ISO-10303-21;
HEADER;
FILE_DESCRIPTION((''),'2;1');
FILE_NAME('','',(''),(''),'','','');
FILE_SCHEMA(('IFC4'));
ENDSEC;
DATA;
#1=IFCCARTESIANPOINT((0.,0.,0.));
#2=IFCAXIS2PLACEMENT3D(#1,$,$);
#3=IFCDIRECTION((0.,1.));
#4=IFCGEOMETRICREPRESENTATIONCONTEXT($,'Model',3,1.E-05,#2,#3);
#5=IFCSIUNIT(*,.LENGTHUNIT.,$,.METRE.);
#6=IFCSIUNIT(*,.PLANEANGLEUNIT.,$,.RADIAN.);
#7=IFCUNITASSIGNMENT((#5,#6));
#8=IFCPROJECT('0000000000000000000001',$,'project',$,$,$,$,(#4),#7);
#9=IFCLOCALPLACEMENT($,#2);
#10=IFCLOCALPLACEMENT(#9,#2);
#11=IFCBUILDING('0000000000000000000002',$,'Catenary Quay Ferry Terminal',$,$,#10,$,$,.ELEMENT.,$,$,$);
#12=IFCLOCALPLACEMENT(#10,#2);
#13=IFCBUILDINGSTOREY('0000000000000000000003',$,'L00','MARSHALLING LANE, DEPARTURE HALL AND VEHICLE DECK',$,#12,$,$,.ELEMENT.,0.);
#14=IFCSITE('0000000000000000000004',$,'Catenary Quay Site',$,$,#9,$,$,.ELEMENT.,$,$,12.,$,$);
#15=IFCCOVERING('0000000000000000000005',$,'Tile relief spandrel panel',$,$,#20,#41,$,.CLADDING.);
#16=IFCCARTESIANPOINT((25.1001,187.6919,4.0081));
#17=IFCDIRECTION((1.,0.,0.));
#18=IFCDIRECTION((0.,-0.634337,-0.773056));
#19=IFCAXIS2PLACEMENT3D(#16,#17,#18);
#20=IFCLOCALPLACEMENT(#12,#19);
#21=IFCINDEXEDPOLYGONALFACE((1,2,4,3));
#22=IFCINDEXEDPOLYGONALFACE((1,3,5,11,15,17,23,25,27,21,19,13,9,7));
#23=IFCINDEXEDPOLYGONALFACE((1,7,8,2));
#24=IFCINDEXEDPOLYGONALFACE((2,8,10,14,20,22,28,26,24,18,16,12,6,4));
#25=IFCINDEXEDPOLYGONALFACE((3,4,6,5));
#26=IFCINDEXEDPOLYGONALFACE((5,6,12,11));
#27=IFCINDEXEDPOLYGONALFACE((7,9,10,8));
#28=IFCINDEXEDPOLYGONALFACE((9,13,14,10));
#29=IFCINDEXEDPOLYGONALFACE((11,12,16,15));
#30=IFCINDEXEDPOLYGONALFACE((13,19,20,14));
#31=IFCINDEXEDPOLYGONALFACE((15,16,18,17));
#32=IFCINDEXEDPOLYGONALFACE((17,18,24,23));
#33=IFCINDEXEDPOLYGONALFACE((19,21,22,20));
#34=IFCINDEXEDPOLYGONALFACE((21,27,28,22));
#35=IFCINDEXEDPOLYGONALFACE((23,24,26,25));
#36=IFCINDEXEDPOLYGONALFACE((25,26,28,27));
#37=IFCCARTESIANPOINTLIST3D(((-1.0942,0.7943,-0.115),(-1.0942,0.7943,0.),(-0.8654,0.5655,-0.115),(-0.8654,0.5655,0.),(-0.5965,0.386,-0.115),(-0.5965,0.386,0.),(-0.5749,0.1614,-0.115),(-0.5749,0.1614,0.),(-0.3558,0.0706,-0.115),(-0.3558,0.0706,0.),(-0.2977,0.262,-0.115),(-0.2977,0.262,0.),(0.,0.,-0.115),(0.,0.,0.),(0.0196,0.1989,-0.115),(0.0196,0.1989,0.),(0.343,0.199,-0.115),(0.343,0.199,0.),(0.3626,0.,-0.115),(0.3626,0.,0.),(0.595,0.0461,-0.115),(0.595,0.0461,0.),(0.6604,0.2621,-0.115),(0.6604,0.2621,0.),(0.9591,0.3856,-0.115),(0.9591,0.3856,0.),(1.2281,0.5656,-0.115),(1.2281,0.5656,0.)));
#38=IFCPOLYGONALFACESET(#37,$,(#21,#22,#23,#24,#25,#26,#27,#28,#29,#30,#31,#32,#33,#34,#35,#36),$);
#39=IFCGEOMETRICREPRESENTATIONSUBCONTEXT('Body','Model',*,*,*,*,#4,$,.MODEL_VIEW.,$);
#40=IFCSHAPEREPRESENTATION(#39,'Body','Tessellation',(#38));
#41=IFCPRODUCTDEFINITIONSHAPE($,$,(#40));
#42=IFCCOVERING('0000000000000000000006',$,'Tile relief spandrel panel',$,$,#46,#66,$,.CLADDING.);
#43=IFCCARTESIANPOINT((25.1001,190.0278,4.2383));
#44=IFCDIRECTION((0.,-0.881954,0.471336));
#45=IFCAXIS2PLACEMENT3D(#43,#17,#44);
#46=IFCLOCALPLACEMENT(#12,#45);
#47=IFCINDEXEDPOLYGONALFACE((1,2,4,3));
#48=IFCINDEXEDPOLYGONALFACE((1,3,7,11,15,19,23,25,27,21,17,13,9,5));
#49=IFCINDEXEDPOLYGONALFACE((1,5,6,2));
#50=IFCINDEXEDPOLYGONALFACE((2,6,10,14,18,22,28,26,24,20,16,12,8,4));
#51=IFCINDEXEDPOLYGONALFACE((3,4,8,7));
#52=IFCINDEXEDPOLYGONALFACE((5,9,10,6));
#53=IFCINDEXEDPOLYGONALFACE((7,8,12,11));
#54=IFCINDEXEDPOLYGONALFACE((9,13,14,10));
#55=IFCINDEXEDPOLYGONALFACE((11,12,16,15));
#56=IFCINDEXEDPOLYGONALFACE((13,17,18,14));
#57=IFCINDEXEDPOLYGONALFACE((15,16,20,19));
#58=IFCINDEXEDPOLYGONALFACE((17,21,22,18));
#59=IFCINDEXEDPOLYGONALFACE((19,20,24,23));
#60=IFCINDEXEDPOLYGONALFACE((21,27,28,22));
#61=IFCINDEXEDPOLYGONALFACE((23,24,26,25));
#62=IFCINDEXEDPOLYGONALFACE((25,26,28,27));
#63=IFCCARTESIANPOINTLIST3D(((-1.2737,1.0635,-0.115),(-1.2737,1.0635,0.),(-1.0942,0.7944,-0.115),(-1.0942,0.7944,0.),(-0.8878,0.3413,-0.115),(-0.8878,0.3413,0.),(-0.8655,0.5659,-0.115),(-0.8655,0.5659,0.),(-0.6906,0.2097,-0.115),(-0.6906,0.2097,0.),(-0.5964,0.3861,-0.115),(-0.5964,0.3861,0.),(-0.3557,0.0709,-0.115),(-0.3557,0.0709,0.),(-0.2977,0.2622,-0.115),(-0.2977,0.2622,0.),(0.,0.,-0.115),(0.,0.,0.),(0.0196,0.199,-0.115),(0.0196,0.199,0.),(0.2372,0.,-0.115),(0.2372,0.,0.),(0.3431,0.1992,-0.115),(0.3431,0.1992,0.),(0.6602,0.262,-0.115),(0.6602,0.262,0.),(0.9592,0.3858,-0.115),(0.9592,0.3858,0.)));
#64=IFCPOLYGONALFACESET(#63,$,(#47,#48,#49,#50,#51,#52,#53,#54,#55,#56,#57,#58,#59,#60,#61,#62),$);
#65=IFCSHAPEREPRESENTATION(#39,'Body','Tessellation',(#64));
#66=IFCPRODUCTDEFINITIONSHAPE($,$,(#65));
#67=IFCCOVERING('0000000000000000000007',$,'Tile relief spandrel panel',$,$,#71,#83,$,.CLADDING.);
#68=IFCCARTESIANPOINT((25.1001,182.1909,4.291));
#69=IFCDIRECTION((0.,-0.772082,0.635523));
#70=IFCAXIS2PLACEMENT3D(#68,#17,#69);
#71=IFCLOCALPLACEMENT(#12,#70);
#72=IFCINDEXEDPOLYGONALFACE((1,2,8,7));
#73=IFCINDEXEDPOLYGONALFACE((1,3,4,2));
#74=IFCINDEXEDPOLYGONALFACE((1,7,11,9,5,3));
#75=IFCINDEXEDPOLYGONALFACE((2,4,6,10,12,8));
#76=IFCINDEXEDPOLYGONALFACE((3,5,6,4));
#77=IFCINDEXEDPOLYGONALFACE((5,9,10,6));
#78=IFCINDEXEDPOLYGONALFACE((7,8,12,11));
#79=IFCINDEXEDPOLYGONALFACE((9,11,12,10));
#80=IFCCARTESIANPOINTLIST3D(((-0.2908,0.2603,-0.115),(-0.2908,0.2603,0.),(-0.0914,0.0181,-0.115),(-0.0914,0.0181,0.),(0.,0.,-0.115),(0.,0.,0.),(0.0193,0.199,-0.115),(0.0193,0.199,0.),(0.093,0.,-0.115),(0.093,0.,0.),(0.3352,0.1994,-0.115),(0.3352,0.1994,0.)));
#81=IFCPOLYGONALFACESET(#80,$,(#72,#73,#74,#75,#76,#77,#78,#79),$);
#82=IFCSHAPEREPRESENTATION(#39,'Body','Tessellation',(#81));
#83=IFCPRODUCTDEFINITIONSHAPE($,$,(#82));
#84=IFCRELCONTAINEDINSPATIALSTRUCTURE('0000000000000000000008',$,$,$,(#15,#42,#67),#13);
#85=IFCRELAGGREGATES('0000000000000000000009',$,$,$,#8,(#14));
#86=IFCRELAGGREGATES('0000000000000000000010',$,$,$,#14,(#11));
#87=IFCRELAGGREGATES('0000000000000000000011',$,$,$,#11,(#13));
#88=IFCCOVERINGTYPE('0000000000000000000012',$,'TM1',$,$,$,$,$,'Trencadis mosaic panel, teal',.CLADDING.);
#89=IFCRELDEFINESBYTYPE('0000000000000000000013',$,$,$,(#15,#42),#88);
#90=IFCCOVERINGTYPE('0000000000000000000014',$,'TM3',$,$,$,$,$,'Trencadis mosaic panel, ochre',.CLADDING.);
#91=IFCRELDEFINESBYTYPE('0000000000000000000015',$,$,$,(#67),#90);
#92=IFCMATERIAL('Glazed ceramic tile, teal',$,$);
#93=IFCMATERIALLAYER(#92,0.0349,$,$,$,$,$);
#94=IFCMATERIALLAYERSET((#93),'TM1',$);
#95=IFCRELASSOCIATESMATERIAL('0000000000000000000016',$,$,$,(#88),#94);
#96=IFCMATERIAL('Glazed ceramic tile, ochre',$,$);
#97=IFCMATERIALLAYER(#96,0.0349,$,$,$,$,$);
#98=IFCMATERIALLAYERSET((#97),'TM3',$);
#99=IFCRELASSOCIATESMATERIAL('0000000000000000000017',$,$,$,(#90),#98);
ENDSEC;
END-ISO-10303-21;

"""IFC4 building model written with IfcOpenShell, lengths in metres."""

from ifc_helpers import new_model, si_unit, direction, frame, origin, place, context, subcontext, project, spatial, polyline, outline, extrude, material, layer, layer_set, type_object, element, save


model = new_model("IFC4")

# Units and contexts
model_context = context("Model", 3, precision=1e-05, world=origin(), true_north=direction((0.0, 1.0)))
body_context = subcontext(model_context, "Body", "Model", "MODEL_VIEW")
ifc_project = project(units=[si_unit("LENGTHUNIT", "METRE"), si_unit("PLANEANGLEUNIT", "RADIAN")], contexts=[model_context])

# Site, building, storey
site_placement = place(None, origin())
site = spatial("IfcSite", under=ifc_project, at=site_placement, Name="Catenary Quay Site", CompositionType="ELEMENT", RefElevation=12.0)
building_placement = place(site_placement, origin())
building = spatial("IfcBuilding", under=site, at=building_placement, Name="Catenary Quay Ferry Terminal", CompositionType="ELEMENT")
storey_placement = place(building_placement, origin())
storey = spatial("IfcBuildingStorey", under=building, at=storey_placement, Name="L00", Description="MARSHALLING LANE, DEPARTURE HALL AND VEHICLE DECK", CompositionType="ELEMENT", Elevation=0.0)

# Coverings
ifc_material_1 = material(Name="Glazed ceramic tile, teal")
ifc_layer_1 = layer(ifc_material_1, 0.0349)
ifc_layer_set_1 = layer_set([ifc_layer_1], Name="TM1")
covering_type_1 = type_object("IfcCoveringType", Name="TM1", ElementType="Trencadis mosaic panel, teal", PredefinedType="CLADDING", material=ifc_layer_set_1)
covering_1_placement = place(storey_placement, frame((25.1001, 187.6919, 4.0081), z_axis=(1.0, 0.0, 0.0), x_axis=(0.0, -0.634337, -0.773056)))
element("IfcCovering", 1, at=covering_1_placement, inside=storey, type_object=covering_type_1, Name="Tile relief spandrel panel", PredefinedType="CLADDING", context=body_context, shape_type="SweptSolid", body=[
    extrude(outline(polyline([(0.0, 0.0), (0.3626, 0.0), (0.595, 0.0461), (1.2281, 0.5656), (0.9591, 0.3856), (0.6604, 0.2621), (0.343, 0.199), (0.0196, 0.1989), (-0.2977, 0.262), (-0.5965, 0.386), (-0.8654, 0.5655), (-1.0942, 0.7943), (-0.5749, 0.1614), (-0.3558, 0.0706), (0.0, 0.0)])), origin(), (0.0, 0.0, -1.0), 0.115),
])
covering_2_placement = place(storey_placement, frame((25.1001, 190.0278, 4.2383), z_axis=(1.0, 0.0, 0.0), x_axis=(0.0, -0.881954, 0.471336)))
element("IfcCovering", 2, at=covering_2_placement, inside=storey, type_object=covering_type_1, Name="Tile relief spandrel panel", PredefinedType="CLADDING", context=body_context, shape_type="SweptSolid", body=[
    extrude(outline(polyline([(0.0, 0.0), (0.2372, 0.0), (0.9592, 0.3858), (0.6602, 0.262), (0.3431, 0.1992), (0.0196, 0.199), (-0.2977, 0.2622), (-0.5964, 0.3861), (-0.8655, 0.5659), (-1.0942, 0.7944), (-1.2737, 1.0635), (-0.8878, 0.3413), (-0.6906, 0.2097), (-0.3557, 0.0709), (0.0, 0.0)])), origin(), (0.0, 0.0, -1.0), 0.115),
])
ifc_material_2 = material(Name="Glazed ceramic tile, ochre")
ifc_layer_2 = layer(ifc_material_2, 0.0349)
ifc_layer_set_2 = layer_set([ifc_layer_2], Name="TM3")
covering_type_2 = type_object("IfcCoveringType", Name="TM3", ElementType="Trencadis mosaic panel, ochre", PredefinedType="CLADDING", material=ifc_layer_set_2)
covering_3_placement = place(storey_placement, frame((25.1001, 182.1909, 4.291), z_axis=(1.0, 0.0, 0.0), x_axis=(0.0, -0.772082, 0.635523)))
element("IfcCovering", 3, at=covering_3_placement, inside=storey, type_object=covering_type_2, Name="Tile relief spandrel panel", PredefinedType="CLADDING", context=body_context, shape_type="SweptSolid", body=[
    extrude(outline(polyline([(0.0, 0.0), (0.093, 0.0), (0.3352, 0.1994), (0.0193, 0.199), (-0.2908, 0.2603), (-0.0914, 0.0181), (0.0, 0.0)])), origin(), (0.0, 0.0, -1.0), 0.115),
])

save(model, "model.ifc")
